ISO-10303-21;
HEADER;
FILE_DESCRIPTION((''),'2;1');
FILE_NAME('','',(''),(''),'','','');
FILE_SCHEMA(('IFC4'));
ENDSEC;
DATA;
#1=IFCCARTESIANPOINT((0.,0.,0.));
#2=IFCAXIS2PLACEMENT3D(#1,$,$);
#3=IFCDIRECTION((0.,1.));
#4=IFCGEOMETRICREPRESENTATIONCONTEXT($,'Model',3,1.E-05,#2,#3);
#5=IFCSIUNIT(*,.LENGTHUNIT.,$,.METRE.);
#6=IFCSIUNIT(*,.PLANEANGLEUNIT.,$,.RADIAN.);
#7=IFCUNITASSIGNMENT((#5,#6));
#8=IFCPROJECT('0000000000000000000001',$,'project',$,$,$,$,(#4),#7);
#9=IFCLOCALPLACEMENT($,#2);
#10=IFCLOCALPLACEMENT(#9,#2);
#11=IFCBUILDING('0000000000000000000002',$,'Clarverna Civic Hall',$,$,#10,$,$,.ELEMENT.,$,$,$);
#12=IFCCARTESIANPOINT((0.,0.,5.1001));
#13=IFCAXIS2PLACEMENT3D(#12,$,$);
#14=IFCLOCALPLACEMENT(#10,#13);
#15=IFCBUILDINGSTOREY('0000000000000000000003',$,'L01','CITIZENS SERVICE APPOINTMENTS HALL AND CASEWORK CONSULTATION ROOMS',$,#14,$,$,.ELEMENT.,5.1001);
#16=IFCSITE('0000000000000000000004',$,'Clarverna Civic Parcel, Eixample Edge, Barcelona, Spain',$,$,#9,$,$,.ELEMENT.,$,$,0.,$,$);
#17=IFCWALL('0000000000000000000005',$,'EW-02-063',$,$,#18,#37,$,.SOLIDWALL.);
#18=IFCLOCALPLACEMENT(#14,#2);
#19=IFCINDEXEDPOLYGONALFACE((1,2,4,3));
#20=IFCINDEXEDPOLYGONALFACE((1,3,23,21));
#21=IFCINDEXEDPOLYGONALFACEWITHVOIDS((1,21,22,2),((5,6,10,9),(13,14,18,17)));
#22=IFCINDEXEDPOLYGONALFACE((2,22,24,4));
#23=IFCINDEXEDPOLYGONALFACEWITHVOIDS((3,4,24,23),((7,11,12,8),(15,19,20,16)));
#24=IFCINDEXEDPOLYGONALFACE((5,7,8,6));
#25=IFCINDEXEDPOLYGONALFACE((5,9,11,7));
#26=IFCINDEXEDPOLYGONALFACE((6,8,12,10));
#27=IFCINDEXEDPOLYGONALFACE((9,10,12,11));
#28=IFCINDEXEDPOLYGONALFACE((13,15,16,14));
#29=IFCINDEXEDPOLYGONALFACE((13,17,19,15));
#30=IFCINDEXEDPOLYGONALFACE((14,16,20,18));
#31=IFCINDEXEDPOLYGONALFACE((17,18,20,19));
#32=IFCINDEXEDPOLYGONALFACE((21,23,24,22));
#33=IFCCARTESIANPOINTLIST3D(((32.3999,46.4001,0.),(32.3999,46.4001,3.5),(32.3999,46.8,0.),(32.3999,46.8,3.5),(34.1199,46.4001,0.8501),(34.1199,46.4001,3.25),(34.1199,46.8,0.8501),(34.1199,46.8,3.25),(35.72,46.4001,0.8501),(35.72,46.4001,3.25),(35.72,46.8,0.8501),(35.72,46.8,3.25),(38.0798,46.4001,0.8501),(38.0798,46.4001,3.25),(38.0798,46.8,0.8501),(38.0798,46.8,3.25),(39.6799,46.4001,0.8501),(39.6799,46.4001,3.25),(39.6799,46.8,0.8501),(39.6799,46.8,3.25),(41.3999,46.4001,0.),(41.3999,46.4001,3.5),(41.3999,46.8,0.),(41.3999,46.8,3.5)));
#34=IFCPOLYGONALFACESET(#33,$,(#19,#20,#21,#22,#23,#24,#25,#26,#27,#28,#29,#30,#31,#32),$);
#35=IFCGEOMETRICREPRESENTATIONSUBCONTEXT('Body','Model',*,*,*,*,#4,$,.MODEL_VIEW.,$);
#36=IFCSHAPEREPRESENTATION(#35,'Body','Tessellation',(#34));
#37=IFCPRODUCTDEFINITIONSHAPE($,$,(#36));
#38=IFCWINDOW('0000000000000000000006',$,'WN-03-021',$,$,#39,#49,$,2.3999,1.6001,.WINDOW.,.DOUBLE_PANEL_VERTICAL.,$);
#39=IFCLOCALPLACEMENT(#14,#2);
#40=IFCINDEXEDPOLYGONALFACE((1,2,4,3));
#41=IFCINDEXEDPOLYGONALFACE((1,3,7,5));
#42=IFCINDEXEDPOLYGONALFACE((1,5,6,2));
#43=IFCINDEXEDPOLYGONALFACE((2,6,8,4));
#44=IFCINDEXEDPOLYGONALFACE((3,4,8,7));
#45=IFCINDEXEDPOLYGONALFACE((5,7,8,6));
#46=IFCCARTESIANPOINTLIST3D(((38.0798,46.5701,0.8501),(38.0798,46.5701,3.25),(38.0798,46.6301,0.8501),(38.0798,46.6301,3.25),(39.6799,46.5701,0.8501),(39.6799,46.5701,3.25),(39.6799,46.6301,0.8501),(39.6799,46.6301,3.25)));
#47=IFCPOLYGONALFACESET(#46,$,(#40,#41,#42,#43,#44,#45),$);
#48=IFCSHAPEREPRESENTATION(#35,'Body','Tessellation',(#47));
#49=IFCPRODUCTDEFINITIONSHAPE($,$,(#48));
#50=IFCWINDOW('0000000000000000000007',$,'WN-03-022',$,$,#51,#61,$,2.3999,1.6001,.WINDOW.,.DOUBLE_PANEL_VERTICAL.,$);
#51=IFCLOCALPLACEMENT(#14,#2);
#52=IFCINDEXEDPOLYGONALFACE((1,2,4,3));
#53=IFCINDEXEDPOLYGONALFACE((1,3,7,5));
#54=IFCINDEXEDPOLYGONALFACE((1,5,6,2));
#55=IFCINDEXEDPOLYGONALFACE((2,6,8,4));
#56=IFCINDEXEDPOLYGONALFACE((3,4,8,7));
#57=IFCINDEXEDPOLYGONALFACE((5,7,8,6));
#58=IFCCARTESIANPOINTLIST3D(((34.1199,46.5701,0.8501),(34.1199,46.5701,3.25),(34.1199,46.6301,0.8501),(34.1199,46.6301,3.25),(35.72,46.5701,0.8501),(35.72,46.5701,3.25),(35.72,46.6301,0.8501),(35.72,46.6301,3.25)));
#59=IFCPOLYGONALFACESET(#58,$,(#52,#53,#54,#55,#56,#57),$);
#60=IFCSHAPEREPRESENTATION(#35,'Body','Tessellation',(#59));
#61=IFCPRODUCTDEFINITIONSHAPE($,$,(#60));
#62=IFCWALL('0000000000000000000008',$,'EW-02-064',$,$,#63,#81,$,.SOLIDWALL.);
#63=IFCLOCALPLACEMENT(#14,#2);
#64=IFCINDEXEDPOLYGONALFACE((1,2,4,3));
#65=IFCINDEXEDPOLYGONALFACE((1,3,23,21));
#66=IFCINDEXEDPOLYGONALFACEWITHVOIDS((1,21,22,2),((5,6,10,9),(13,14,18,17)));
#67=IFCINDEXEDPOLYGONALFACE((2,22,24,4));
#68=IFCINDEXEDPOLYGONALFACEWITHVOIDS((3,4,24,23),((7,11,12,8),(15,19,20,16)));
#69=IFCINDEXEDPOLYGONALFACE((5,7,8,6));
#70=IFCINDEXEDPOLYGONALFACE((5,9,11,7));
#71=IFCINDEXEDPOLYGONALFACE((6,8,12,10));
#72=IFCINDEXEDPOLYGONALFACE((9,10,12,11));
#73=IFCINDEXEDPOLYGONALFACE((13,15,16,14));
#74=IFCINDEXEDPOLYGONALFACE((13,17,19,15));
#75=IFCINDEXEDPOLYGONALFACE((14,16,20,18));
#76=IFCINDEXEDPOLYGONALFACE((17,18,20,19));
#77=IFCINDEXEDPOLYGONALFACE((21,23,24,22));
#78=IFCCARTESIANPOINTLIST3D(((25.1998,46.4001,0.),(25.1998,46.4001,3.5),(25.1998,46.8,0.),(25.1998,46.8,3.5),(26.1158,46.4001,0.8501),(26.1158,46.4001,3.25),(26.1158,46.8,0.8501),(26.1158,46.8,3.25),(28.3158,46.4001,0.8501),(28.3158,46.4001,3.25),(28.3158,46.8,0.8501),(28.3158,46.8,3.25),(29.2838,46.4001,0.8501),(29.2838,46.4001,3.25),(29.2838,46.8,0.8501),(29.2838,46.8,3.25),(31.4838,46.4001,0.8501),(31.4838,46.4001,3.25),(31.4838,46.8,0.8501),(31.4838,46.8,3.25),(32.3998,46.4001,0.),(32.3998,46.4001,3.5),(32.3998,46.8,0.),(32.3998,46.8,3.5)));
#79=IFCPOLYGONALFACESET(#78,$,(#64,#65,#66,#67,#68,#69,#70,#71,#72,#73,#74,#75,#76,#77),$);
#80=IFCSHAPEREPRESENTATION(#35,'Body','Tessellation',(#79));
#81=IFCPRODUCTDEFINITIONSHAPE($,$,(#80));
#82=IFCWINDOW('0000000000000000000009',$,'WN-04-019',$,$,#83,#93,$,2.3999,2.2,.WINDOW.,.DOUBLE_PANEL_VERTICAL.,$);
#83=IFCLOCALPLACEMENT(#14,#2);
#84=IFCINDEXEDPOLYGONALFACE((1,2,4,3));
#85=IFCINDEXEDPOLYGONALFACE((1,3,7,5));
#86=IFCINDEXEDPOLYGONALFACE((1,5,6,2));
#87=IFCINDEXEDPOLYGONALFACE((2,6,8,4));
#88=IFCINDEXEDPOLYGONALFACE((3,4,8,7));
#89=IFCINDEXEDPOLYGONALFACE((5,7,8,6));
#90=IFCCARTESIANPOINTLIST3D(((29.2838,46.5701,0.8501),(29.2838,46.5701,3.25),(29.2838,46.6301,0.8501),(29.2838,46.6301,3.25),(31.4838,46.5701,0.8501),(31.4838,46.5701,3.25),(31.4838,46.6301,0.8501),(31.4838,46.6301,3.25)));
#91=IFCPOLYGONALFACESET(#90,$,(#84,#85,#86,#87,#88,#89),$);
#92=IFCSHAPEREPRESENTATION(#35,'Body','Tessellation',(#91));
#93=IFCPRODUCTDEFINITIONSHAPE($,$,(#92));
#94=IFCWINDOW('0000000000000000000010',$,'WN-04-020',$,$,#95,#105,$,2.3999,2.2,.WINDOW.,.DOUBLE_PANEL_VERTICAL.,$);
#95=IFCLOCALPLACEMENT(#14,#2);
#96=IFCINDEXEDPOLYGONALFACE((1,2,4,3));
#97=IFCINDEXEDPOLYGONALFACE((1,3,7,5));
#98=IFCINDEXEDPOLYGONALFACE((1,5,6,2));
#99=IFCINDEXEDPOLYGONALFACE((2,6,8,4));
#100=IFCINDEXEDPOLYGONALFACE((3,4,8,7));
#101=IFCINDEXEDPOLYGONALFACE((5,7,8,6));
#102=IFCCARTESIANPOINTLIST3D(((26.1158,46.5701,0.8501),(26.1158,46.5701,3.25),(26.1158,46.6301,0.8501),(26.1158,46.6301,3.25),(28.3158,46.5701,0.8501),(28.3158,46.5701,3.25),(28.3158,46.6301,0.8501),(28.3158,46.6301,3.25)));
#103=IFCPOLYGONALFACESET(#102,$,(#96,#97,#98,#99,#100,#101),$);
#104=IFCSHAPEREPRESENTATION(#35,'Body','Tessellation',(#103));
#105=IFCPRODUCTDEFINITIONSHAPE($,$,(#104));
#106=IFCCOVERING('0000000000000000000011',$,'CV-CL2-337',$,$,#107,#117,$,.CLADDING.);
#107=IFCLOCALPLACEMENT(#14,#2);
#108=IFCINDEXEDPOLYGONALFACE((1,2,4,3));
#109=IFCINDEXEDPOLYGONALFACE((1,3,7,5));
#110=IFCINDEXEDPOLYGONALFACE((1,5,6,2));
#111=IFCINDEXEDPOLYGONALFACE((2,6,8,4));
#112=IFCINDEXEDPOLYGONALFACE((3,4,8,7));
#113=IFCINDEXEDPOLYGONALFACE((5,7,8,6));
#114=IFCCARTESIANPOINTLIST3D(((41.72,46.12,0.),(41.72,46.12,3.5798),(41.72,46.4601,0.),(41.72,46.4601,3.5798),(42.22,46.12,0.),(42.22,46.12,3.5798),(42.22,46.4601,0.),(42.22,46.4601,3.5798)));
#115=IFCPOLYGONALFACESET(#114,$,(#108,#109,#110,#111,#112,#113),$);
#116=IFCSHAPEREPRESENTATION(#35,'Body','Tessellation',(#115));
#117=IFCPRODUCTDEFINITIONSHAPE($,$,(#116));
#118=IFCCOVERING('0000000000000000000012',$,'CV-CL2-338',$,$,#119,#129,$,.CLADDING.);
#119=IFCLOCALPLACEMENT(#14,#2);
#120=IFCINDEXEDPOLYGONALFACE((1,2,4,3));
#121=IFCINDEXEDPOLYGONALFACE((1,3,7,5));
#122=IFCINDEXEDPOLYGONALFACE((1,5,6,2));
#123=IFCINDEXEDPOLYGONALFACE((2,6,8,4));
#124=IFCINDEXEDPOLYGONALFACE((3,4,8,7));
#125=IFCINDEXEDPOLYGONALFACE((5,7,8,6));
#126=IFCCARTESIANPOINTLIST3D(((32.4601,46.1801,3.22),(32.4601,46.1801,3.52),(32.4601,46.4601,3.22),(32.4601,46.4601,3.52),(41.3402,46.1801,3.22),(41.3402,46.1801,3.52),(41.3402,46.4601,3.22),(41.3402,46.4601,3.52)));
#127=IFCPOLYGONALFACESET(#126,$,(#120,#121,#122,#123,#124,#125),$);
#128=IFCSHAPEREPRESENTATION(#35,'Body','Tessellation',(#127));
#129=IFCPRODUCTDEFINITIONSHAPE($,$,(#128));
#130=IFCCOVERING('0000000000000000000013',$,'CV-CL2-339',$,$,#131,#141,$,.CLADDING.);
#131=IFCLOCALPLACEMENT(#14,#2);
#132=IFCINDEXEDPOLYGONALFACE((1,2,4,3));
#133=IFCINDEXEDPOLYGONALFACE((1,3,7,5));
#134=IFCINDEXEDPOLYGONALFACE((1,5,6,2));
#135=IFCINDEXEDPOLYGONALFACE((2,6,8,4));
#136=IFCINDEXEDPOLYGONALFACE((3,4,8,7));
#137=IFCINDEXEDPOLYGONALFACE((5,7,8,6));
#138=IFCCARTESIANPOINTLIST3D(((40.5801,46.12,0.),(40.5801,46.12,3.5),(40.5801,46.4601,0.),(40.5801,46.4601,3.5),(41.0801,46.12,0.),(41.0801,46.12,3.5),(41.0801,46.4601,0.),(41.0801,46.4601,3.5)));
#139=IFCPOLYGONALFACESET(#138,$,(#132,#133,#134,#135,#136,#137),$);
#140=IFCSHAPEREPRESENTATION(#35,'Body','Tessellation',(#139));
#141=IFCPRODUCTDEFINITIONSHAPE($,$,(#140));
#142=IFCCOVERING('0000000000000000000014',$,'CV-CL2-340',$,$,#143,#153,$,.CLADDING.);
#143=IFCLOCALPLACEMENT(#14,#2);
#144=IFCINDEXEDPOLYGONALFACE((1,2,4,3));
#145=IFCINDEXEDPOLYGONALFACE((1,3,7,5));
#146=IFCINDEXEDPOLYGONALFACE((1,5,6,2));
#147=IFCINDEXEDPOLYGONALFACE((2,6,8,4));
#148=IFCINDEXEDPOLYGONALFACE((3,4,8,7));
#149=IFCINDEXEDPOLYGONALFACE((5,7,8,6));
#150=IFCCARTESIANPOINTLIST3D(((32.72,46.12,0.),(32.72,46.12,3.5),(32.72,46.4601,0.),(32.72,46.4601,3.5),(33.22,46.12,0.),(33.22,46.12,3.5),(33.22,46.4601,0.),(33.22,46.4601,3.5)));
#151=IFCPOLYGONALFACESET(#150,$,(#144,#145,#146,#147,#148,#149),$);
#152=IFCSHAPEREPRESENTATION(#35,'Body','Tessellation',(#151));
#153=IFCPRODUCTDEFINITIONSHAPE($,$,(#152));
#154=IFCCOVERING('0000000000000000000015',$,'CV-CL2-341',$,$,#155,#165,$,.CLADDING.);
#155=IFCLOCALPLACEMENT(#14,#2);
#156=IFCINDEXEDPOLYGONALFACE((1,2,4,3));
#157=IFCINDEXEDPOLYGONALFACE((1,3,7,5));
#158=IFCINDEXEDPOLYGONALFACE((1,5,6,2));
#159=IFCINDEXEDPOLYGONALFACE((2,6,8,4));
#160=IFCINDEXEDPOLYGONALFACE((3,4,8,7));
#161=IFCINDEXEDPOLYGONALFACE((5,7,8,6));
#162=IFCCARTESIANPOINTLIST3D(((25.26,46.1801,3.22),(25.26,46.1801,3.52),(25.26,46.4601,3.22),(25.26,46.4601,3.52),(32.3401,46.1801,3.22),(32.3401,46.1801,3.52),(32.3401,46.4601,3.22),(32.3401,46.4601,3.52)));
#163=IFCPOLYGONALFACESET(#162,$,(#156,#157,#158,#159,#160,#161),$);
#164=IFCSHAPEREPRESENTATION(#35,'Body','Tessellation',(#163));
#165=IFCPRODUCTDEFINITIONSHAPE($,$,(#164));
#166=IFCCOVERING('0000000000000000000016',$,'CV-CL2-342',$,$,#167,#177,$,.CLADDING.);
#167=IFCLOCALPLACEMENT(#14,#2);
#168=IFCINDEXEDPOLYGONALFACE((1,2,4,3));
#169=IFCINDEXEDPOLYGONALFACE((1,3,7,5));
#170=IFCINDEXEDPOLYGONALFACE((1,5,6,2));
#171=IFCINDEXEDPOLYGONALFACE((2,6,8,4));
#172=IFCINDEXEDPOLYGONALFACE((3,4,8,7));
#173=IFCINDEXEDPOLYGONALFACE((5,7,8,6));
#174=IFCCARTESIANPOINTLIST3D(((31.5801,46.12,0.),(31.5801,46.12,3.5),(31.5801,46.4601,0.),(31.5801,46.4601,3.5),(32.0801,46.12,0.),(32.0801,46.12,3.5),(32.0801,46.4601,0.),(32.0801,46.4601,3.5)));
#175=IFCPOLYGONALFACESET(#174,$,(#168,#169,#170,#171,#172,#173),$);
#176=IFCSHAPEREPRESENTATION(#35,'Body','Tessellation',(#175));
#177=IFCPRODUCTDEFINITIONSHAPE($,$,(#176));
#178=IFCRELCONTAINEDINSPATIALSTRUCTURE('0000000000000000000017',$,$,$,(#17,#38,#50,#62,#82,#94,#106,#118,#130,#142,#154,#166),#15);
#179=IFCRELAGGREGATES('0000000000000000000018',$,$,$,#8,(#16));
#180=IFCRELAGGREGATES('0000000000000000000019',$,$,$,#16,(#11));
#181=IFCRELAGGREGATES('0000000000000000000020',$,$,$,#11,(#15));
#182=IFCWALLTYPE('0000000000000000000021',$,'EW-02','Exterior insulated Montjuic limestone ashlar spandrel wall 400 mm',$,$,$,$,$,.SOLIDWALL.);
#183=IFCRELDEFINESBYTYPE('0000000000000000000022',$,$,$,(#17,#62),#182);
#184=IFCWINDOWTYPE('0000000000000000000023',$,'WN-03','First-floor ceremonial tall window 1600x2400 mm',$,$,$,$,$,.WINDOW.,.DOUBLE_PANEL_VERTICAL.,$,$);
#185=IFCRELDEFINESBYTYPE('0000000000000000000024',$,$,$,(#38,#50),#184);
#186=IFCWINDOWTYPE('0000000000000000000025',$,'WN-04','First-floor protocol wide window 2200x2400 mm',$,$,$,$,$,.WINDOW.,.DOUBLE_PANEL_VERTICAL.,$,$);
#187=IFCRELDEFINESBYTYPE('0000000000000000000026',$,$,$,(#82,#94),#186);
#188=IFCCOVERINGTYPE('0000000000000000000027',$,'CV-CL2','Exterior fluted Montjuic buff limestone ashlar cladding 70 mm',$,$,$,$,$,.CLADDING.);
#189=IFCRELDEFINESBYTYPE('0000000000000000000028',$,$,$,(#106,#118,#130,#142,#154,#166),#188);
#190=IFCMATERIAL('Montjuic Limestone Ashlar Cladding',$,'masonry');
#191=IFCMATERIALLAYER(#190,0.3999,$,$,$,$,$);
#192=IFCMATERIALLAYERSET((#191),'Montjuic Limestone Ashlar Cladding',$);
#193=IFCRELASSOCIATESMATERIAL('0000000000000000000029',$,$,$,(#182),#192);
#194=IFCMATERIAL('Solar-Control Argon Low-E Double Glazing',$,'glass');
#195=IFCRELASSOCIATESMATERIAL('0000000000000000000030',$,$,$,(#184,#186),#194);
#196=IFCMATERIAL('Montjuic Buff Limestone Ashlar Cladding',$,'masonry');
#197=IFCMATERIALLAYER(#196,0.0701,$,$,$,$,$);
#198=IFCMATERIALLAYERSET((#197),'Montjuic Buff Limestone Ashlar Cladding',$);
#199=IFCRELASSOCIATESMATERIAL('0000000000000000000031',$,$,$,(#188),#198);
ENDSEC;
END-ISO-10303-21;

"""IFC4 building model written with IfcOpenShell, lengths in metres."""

from ifc_helpers import new_model, si_unit, direction, frame, frame_2d, origin, place, context, subcontext, project, spatial, rectangle, extrude, material, layer, layer_set, type_object, element, fill, save


model = new_model("IFC4")

# Units and contexts
model_context = context("Model", 3, precision=1e-05, world=origin(), true_north=direction((0.0, 1.0)))
body_context = subcontext(model_context, "Body", "Model", "MODEL_VIEW")
ifc_project = project(units=[si_unit("LENGTHUNIT", "METRE"), si_unit("PLANEANGLEUNIT", "RADIAN")], contexts=[model_context])

# Site, building, storey
site_placement = place(None, origin())
site = spatial("IfcSite", under=ifc_project, at=site_placement, Name="Clarverna Civic Parcel, Eixample Edge, Barcelona, Spain", CompositionType="ELEMENT", RefElevation=0.0)
building_placement = place(site_placement, origin())
building = spatial("IfcBuilding", under=site, at=building_placement, Name="Clarverna Civic Hall", CompositionType="ELEMENT")
storey_placement = place(building_placement, frame((0.0, 0.0, 5.1001)))
storey = spatial("IfcBuildingStorey", under=building, at=storey_placement, Name="L01", Description="CITIZENS SERVICE APPOINTMENTS HALL AND CASEWORK CONSULTATION ROOMS", CompositionType="ELEMENT", Elevation=5.1001)

# Walls, openings, windows
ifc_material_1 = material(Name="Montjuic Limestone Ashlar Cladding", Category="masonry")
ifc_layer_1 = layer(ifc_material_1, 0.3999)
ifc_layer_set_1 = layer_set([ifc_layer_1], Name="Montjuic Limestone Ashlar Cladding")
wall_type = type_object("IfcWallType", Name="EW-02", Description="Exterior insulated Montjuic limestone ashlar spandrel wall 400 mm", PredefinedType="SOLIDWALL", material=ifc_layer_set_1)
wall_1_placement = place(storey_placement, frame((41.3999, 46.6001, 0.0), z_axis=(0.0, 0.0, 1.0), x_axis=(-1.0, 0.0, 0.0)))
wall_1 = element("IfcWall", 1, at=wall_1_placement, inside=storey, type_object=wall_type, Name="EW-02-063", PredefinedType="SOLIDWALL", context=body_context, shape_type="SweptSolid", body=[
    extrude(rectangle(XDim=9.0, YDim=0.3999, at=frame_2d((4.5, 0.0))), origin(), (0.0, 0.0, 1.0), 3.5),
])
opening_1_placement = place(wall_1_placement, frame((1.72, 0.0, 0.8501)))
opening_1 = element("IfcOpeningElement", 2, at=opening_1_placement, cuts=wall_1, PredefinedType="OPENING", context=body_context, shape_type="SweptSolid", body=[
    extrude(rectangle(XDim=1.6001, YDim=2.3999, at=frame_2d((0.8, 1.2))), frame((0.0, 0.21, 0.0), z_axis=(0.0, -1.0, 0.0), x_axis=(1.0, 0.0, 0.0)), (0.0, 0.0, 1.0), 0.4199),
])
opening_2_placement = place(wall_1_placement, frame((5.6799, 0.0, 0.8501)))
opening_2 = element("IfcOpeningElement", 3, at=opening_2_placement, cuts=wall_1, PredefinedType="OPENING", context=body_context, shape_type="SweptSolid", body=[
    extrude(rectangle(XDim=1.6001, YDim=2.3999, at=frame_2d((0.8, 1.2))), frame((0.0, 0.21, 0.0), z_axis=(0.0, -1.0, 0.0), x_axis=(1.0, 0.0, 0.0)), (0.0, 0.0, 1.0), 0.4199),
])
ifc_material_2 = material(Name="Solar-Control Argon Low-E Double Glazing", Category="glass")
window_type_1 = type_object("IfcWindowType", Name="WN-03", Description="First-floor ceremonial tall window 1600x2400 mm", PartitioningType="DOUBLE_PANEL_VERTICAL", PredefinedType="WINDOW", material=ifc_material_2)
window_1_placement = place(opening_1_placement, origin())
window_1 = element("IfcWindow", 4, at=window_1_placement, inside=storey, type_object=window_type_1, Name="WN-03-021", OverallHeight=2.3999, OverallWidth=1.6001, PartitioningType="DOUBLE_PANEL_VERTICAL", PredefinedType="WINDOW", context=body_context, shape_type="SweptSolid", body=[
    extrude(rectangle(XDim=1.6001, YDim=2.3999, at=frame_2d((0.8, 1.2))), frame((0.0, 0.03, 0.0), z_axis=(0.0, -1.0, 0.0), x_axis=(1.0, 0.0, 0.0)), (0.0, 0.0, 1.0), 0.0601),
])
fill(opening_1, window_1)
window_2_placement = place(opening_2_placement, origin())
window_2 = element("IfcWindow", 5, at=window_2_placement, inside=storey, type_object=window_type_1, Name="WN-03-022", OverallHeight=2.3999, OverallWidth=1.6001, PartitioningType="DOUBLE_PANEL_VERTICAL", PredefinedType="WINDOW", context=body_context, shape_type="SweptSolid", body=[
    extrude(rectangle(XDim=1.6001, YDim=2.3999, at=frame_2d((0.8, 1.2))), frame((0.0, 0.03, 0.0), z_axis=(0.0, -1.0, 0.0), x_axis=(1.0, 0.0, 0.0)), (0.0, 0.0, 1.0), 0.0601),
])
fill(opening_2, window_2)
wall_2_placement = place(storey_placement, frame((32.3999, 46.6001, 0.0), z_axis=(0.0, 0.0, 1.0), x_axis=(-1.0, 0.0, 0.0)))
wall_2 = element("IfcWall", 6, at=wall_2_placement, inside=storey, type_object=wall_type, Name="EW-02-064", PredefinedType="SOLIDWALL", context=body_context, shape_type="SweptSolid", body=[
    extrude(rectangle(XDim=7.2, YDim=0.3999, at=frame_2d((3.6001, 0.0))), origin(), (0.0, 0.0, 1.0), 3.5),
])
opening_3_placement = place(wall_2_placement, frame((0.916, 0.0, 0.8501)))
opening_3 = element("IfcOpeningElement", 7, at=opening_3_placement, cuts=wall_2, PredefinedType="OPENING", context=body_context, shape_type="SweptSolid", body=[
    extrude(rectangle(XDim=2.2, YDim=2.3999, at=frame_2d((1.1001, 1.2))), frame((0.0, 0.21, 0.0), z_axis=(0.0, -1.0, 0.0), x_axis=(1.0, 0.0, 0.0)), (0.0, 0.0, 1.0), 0.4199),
])
opening_4_placement = place(wall_2_placement, frame((4.084, 0.0, 0.8501)))
opening_4 = element("IfcOpeningElement", 8, at=opening_4_placement, cuts=wall_2, PredefinedType="OPENING", context=body_context, shape_type="SweptSolid", body=[
    extrude(rectangle(XDim=2.2, YDim=2.3999, at=frame_2d((1.1001, 1.2))), frame((0.0, 0.21, 0.0), z_axis=(0.0, -1.0, 0.0), x_axis=(1.0, 0.0, 0.0)), (0.0, 0.0, 1.0), 0.4199),
])
window_type_2 = type_object("IfcWindowType", Name="WN-04", Description="First-floor protocol wide window 2200x2400 mm", PartitioningType="DOUBLE_PANEL_VERTICAL", PredefinedType="WINDOW", material=ifc_material_2)
window_3_placement = place(opening_3_placement, origin())
window_3 = element("IfcWindow", 9, at=window_3_placement, inside=storey, type_object=window_type_2, Name="WN-04-019", OverallHeight=2.3999, OverallWidth=2.2, PartitioningType="DOUBLE_PANEL_VERTICAL", PredefinedType="WINDOW", context=body_context, shape_type="SweptSolid", body=[
    extrude(rectangle(XDim=2.2, YDim=2.3999, at=frame_2d((1.1001, 1.2))), frame((0.0, 0.03, 0.0), z_axis=(0.0, -1.0, 0.0), x_axis=(1.0, 0.0, 0.0)), (0.0, 0.0, 1.0), 0.0601),
])
fill(opening_3, window_3)
window_4_placement = place(opening_4_placement, origin())
window_4 = element("IfcWindow", 10, at=window_4_placement, inside=storey, type_object=window_type_2, Name="WN-04-020", OverallHeight=2.3999, OverallWidth=2.2, PartitioningType="DOUBLE_PANEL_VERTICAL", PredefinedType="WINDOW", context=body_context, shape_type="SweptSolid", body=[
    extrude(rectangle(XDim=2.2, YDim=2.3999, at=frame_2d((1.1001, 1.2))), frame((0.0, 0.03, 0.0), z_axis=(0.0, -1.0, 0.0), x_axis=(1.0, 0.0, 0.0)), (0.0, 0.0, 1.0), 0.0601),
])
fill(opening_4, window_4)

# Coverings
ifc_material_3 = material(Name="Montjuic Buff Limestone Ashlar Cladding", Category="masonry")
ifc_layer_2 = layer(ifc_material_3, 0.0701)
ifc_layer_set_2 = layer_set([ifc_layer_2], Name="Montjuic Buff Limestone Ashlar Cladding")
covering_type = type_object("IfcCoveringType", Name="CV-CL2", Description="Exterior fluted Montjuic buff limestone ashlar cladding 70 mm", PredefinedType="CLADDING", material=ifc_layer_set_2)
covering_1_placement = place(storey_placement, frame((42.22, 46.29, 0.0), z_axis=(0.0, 0.0, 1.0), x_axis=(-1.0, 0.0, 0.0)))
element("IfcCovering", 11, at=covering_1_placement, inside=storey, type_object=covering_type, Name="CV-CL2-337", PredefinedType="CLADDING", context=body_context, shape_type="SweptSolid", body=[
    extrude(rectangle(XDim=0.5, YDim=0.3401, at=frame_2d((0.25, 0.0))), origin(), (0.0, 0.0, 1.0), 3.5798),
])
covering_2_placement = place(storey_placement, frame((41.3401, 46.3201, 3.22), z_axis=(0.0, 0.0, 1.0), x_axis=(-1.0, 0.0, 0.0)))
element("IfcCovering", 12, at=covering_2_placement, inside=storey, type_object=covering_type, Name="CV-CL2-338", PredefinedType="CLADDING", context=body_context, shape_type="SweptSolid", body=[
    extrude(rectangle(XDim=8.8801, YDim=0.28, at=frame_2d((4.4399, 0.0))), origin(), (0.0, 0.0, 1.0), 0.3),
])
for number, where, z_axis, x_axis, name in (
    (13, (41.0801, 46.29, 0.0), (0.0, 0.0, 1.0), (-1.0, 0.0, 0.0), "CV-CL2-339"),
    (14, (33.22, 46.29, 0.0), (0.0, 0.0, 1.0), (-1.0, 0.0, 0.0), "CV-CL2-340"),
):
    element("IfcCovering", number, at=place(storey_placement, frame(where, z_axis=z_axis, x_axis=x_axis)), inside=storey, type_object=covering_type, Name=name, PredefinedType="CLADDING", context=body_context, shape_type="SweptSolid", body=[
        extrude(rectangle(XDim=0.5, YDim=0.3401, at=frame_2d((0.25, 0.0))), origin(), (0.0, 0.0, 1.0), 3.5),
    ])
covering_3_placement = place(storey_placement, frame((32.3401, 46.3201, 3.22), z_axis=(0.0, 0.0, 1.0), x_axis=(-1.0, 0.0, 0.0)))
element("IfcCovering", 15, at=covering_3_placement, inside=storey, type_object=covering_type, Name="CV-CL2-341", PredefinedType="CLADDING", context=body_context, shape_type="SweptSolid", body=[
    extrude(rectangle(XDim=7.0801, YDim=0.28, at=frame_2d((3.54, 0.0))), origin(), (0.0, 0.0, 1.0), 0.3),
])
covering_4_placement = place(storey_placement, frame((32.0801, 46.29, 0.0), z_axis=(0.0, 0.0, 1.0), x_axis=(-1.0, 0.0, 0.0)))
element("IfcCovering", 16, at=covering_4_placement, inside=storey, type_object=covering_type, Name="CV-CL2-342", PredefinedType="CLADDING", context=body_context, shape_type="SweptSolid", body=[
    extrude(rectangle(XDim=0.5, YDim=0.3401, at=frame_2d((0.25, 0.0))), origin(), (0.0, 0.0, 1.0), 3.5),
])

save(model, "model.ifc")
